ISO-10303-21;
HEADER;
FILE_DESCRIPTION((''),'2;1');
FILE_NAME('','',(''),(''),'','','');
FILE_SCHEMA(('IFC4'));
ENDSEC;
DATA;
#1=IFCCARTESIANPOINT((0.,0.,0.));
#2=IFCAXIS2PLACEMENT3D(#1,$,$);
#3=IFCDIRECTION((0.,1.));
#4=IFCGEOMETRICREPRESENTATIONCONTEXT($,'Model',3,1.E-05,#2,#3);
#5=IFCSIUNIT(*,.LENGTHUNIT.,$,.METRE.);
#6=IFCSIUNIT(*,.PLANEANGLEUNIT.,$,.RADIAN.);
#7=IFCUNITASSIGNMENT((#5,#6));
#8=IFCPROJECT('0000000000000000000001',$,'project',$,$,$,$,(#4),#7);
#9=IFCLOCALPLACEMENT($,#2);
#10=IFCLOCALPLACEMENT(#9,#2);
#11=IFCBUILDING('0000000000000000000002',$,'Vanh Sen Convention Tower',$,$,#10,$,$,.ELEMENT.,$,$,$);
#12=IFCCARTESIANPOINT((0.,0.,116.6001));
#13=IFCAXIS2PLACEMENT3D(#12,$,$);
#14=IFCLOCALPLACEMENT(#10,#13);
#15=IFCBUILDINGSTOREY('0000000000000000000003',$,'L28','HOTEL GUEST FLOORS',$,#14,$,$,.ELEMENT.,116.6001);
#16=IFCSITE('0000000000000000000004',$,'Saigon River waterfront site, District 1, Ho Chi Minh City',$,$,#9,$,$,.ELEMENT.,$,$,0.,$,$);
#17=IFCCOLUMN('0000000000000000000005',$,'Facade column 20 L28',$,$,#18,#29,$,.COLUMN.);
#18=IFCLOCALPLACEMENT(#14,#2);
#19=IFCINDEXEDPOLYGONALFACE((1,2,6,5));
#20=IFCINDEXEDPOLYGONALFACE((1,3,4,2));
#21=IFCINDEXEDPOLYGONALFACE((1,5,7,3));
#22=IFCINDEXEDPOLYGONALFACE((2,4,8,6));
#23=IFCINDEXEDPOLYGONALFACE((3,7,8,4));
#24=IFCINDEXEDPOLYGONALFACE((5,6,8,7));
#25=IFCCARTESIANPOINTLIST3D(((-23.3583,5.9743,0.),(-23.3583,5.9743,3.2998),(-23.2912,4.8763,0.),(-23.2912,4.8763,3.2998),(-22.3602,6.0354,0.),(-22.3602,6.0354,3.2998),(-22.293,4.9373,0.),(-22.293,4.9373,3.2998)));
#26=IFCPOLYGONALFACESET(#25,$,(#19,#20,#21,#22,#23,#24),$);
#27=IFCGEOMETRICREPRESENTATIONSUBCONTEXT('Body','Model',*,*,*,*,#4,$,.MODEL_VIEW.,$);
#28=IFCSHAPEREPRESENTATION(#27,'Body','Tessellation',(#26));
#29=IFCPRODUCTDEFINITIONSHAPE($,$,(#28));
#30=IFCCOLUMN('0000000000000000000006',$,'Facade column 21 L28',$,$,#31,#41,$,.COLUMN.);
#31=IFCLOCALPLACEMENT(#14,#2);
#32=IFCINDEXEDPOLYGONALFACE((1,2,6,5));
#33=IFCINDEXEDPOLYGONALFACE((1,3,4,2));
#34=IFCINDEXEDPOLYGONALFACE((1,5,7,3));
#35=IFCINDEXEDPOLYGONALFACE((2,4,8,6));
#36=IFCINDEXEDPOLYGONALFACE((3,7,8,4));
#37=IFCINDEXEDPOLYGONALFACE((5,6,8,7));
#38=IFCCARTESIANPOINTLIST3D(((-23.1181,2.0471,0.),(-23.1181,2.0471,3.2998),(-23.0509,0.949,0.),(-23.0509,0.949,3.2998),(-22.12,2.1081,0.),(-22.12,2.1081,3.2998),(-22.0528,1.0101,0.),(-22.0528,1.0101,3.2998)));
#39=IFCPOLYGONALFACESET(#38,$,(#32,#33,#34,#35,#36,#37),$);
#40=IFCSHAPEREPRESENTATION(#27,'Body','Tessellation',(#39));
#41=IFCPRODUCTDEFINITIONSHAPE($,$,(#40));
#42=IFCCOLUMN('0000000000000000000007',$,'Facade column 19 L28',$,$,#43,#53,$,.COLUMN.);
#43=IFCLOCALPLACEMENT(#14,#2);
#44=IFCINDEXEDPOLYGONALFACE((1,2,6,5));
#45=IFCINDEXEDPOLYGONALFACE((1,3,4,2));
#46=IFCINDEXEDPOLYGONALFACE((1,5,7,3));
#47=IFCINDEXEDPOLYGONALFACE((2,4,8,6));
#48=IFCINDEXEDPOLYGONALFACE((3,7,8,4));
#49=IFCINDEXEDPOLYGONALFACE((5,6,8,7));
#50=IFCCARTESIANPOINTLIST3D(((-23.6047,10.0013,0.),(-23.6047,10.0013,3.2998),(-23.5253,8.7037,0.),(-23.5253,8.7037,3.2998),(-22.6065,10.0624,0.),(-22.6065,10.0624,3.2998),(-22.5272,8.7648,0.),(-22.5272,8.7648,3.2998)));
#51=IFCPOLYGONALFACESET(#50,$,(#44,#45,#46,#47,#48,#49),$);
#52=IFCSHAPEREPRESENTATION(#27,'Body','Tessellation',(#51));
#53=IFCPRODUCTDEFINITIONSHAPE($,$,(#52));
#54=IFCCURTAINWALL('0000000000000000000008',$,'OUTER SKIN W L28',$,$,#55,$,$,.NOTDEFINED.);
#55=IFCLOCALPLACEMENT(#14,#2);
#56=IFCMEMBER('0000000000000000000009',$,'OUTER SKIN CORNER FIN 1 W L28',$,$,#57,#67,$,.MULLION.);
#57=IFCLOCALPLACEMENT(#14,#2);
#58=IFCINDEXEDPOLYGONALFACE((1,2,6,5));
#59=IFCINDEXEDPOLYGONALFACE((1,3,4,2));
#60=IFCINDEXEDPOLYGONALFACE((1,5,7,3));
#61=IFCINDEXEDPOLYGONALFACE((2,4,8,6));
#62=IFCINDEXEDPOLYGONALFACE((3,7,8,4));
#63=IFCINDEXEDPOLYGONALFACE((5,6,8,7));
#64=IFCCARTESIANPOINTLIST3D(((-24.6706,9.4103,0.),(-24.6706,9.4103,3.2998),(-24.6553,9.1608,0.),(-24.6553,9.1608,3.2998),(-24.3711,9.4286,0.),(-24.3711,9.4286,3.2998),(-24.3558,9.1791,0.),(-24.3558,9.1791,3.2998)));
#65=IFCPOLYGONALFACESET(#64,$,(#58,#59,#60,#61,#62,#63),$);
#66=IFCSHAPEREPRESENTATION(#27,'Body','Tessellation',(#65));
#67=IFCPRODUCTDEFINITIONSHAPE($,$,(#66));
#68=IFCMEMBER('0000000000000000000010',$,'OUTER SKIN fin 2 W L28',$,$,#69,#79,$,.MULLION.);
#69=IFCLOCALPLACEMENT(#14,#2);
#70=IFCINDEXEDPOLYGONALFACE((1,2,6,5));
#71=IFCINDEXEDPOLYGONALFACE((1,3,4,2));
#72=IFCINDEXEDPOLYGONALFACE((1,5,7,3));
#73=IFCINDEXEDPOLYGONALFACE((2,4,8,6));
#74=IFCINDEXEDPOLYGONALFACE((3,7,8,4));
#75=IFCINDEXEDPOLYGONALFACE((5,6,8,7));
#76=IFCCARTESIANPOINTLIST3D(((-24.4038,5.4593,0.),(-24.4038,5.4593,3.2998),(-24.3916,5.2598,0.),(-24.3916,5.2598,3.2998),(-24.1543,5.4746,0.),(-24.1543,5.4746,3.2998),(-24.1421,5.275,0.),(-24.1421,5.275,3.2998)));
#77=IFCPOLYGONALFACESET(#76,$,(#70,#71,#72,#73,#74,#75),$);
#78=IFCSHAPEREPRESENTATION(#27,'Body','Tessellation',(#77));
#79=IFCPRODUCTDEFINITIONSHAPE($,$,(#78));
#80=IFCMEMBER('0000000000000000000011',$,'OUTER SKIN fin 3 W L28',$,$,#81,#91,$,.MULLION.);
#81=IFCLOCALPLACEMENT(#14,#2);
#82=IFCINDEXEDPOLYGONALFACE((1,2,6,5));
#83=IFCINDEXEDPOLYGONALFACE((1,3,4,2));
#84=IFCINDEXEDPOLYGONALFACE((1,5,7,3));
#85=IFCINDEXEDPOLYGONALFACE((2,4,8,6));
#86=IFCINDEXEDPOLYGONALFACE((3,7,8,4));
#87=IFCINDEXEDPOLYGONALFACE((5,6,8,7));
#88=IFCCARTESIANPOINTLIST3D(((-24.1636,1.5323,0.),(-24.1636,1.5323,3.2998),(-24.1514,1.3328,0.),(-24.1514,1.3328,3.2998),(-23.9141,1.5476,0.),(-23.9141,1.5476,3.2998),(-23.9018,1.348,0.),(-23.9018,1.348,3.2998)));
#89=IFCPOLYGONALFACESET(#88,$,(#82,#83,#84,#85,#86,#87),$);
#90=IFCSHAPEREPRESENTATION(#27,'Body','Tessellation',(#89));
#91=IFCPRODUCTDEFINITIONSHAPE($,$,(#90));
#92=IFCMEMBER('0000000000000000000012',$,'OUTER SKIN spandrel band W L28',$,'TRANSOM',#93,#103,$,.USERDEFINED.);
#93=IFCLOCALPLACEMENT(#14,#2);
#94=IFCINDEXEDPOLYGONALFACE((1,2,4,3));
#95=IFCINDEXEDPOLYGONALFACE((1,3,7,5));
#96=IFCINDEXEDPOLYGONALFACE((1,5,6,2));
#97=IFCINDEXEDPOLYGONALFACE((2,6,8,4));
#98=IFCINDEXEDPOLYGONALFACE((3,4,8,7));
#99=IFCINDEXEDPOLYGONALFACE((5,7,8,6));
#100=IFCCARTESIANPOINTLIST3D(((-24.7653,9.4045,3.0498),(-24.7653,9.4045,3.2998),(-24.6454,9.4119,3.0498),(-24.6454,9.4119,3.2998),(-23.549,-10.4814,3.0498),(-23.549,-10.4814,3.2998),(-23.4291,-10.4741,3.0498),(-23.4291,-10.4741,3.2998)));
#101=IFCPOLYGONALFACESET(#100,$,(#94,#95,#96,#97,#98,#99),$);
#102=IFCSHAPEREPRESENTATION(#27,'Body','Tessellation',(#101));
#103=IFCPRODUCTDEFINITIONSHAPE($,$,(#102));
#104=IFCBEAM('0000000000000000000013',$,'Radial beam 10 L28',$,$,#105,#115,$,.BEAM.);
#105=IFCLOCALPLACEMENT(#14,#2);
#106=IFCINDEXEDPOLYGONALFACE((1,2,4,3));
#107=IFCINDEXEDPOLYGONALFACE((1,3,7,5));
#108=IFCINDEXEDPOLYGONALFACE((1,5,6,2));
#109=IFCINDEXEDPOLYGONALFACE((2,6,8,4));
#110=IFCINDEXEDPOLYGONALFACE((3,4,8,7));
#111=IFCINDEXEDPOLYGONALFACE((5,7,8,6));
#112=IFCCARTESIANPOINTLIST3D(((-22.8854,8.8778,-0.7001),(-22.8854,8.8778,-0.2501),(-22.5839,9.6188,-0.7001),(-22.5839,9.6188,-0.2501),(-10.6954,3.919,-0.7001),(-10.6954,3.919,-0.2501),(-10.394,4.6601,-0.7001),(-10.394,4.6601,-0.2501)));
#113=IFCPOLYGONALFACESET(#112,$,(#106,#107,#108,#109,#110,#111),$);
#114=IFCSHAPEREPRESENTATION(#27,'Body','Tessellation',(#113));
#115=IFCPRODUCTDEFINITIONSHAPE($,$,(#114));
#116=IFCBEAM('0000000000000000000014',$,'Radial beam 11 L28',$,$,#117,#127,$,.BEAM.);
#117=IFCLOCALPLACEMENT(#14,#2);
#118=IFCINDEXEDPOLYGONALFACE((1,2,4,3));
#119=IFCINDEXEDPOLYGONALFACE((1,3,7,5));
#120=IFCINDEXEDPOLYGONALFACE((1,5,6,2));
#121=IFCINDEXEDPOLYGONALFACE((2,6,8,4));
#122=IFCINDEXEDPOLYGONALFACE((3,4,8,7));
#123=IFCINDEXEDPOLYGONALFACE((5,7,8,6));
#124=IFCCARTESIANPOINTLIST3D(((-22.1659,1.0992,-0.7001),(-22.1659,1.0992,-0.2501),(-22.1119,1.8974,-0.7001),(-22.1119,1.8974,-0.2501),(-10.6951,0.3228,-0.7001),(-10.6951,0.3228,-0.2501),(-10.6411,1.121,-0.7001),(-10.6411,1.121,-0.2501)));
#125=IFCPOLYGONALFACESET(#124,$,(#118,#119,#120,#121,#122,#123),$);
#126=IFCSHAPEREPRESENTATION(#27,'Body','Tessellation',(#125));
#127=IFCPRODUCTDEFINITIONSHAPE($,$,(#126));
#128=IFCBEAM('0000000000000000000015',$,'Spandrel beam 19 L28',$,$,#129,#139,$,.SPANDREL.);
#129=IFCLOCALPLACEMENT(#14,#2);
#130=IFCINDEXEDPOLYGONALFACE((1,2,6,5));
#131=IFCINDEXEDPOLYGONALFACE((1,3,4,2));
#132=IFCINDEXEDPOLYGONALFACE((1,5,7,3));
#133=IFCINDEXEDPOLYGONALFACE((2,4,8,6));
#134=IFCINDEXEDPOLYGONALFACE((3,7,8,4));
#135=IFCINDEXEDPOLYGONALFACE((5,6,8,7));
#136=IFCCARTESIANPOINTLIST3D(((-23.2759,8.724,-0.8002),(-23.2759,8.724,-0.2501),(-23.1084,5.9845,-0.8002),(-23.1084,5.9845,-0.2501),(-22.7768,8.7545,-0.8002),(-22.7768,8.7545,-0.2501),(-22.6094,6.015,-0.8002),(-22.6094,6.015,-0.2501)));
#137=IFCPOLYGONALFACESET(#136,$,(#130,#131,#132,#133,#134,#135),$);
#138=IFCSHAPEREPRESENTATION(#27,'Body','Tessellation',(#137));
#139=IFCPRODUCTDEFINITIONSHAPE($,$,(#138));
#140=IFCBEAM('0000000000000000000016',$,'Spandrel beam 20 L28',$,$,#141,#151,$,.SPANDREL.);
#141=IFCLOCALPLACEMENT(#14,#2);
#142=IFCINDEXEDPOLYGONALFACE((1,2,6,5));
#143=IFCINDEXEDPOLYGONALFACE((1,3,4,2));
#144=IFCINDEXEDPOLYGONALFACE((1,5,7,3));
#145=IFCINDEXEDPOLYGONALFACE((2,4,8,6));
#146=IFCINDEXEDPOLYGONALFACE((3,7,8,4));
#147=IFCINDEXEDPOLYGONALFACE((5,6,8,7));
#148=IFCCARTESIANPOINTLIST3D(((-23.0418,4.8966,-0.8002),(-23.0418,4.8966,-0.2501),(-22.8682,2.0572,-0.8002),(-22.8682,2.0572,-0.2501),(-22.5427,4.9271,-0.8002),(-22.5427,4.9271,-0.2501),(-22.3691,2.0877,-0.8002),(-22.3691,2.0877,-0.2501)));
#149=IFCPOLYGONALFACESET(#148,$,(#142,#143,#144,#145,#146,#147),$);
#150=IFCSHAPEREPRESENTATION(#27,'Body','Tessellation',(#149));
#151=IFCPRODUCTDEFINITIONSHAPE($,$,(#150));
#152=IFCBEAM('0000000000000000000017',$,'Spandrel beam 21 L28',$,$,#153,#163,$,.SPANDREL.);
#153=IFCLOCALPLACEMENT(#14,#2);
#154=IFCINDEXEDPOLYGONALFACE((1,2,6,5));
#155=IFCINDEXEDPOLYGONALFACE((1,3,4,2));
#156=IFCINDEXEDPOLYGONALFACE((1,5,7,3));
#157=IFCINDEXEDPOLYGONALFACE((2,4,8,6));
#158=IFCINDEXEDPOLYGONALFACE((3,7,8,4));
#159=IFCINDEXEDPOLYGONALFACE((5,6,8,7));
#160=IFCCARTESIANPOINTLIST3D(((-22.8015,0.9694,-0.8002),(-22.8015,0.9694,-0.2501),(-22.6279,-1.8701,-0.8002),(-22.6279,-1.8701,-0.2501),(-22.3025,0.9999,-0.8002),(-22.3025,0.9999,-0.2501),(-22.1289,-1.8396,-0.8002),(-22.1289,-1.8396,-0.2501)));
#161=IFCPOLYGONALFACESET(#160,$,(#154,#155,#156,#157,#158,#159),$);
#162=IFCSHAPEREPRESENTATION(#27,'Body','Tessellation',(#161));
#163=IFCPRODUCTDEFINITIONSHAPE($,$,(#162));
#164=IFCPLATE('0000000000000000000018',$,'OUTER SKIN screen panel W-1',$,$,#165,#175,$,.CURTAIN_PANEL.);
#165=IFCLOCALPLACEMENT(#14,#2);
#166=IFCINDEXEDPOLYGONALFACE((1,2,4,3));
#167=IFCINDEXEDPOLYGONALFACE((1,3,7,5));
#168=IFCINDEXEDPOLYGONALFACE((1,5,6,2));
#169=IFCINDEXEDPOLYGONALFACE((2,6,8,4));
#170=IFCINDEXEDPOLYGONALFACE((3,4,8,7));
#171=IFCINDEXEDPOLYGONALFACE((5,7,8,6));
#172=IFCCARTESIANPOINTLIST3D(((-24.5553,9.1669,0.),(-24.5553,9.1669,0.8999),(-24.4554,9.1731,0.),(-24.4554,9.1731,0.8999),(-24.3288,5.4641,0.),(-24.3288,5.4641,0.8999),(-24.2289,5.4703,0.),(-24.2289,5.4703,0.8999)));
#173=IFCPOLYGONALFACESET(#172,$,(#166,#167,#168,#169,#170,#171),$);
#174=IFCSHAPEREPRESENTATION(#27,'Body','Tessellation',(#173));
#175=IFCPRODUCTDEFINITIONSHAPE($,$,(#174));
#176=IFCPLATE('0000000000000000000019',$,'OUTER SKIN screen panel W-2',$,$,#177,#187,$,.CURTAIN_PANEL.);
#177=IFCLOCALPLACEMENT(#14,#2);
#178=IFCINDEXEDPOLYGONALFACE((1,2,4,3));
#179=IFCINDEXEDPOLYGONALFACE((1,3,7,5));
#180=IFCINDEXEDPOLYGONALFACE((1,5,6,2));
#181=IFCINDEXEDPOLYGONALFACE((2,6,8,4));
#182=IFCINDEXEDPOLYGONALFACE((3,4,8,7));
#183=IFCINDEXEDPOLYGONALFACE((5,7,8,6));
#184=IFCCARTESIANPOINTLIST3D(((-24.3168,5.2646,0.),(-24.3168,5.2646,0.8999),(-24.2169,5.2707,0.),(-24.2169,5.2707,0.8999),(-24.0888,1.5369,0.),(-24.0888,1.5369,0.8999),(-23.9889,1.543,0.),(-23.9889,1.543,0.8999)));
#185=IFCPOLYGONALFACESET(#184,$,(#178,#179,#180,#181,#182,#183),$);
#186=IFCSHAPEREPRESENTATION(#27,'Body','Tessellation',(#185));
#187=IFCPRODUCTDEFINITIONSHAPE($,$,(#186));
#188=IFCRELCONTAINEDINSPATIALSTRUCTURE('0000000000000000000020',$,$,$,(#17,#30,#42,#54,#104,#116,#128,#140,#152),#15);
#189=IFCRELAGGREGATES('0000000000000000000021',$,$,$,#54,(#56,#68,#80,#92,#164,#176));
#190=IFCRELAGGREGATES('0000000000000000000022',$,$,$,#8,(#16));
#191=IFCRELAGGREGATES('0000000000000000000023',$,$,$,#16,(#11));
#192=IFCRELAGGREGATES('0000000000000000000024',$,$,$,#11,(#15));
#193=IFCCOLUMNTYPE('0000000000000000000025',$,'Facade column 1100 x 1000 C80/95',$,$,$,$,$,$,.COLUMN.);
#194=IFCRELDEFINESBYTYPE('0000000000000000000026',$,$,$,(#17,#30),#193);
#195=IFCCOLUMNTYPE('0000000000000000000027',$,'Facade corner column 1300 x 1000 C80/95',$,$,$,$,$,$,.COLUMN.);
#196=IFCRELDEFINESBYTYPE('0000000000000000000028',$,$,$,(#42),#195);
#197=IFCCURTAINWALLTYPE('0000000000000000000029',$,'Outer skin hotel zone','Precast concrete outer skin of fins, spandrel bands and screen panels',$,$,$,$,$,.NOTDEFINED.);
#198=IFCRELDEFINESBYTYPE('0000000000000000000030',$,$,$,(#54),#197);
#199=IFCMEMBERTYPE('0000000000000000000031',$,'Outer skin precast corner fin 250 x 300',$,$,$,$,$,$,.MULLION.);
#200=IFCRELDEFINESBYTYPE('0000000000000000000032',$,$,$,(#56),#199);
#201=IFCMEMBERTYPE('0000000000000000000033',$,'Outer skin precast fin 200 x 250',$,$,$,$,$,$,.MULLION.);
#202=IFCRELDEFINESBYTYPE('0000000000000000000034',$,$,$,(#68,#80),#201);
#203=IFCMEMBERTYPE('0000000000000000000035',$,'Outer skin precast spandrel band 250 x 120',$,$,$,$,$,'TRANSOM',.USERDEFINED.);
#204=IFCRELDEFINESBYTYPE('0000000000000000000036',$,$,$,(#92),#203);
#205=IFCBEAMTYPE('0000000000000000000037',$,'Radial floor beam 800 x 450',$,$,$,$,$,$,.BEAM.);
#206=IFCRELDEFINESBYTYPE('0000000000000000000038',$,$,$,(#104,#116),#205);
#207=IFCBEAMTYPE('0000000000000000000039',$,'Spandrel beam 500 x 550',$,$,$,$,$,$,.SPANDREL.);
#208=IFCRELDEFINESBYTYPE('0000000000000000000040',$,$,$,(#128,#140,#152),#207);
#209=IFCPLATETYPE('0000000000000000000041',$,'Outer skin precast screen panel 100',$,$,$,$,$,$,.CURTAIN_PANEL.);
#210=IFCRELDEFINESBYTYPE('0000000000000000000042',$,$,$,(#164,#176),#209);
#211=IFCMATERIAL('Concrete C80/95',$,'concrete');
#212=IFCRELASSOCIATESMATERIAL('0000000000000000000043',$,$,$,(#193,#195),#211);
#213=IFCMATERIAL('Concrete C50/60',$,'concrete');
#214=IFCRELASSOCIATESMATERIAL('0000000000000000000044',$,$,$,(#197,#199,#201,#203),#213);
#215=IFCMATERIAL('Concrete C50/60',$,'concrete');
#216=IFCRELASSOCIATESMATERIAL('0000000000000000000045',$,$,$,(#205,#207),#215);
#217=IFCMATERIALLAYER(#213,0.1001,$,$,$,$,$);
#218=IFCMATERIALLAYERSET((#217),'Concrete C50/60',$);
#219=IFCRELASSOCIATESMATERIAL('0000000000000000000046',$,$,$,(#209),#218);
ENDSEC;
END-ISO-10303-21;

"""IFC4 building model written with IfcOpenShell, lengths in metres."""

from ifc_helpers import new_model, si_unit, direction, frame, origin, origin_2d, place, context, subcontext, project, spatial, rectangle, extrude, material, layer, layer_set, material_profile, profile_set, type_object, element, aggregate, save


model = new_model("IFC4")

# Units and contexts
model_context = context("Model", 3, precision=1e-05, world=origin(), true_north=direction((0.0, 1.0)))
body_context = subcontext(model_context, "Body", "Model", "MODEL_VIEW")
ifc_project = project(units=[si_unit("LENGTHUNIT", "METRE"), si_unit("PLANEANGLEUNIT", "RADIAN")], contexts=[model_context])

# Site, building, storey
site_placement = place(None, origin())
site = spatial("IfcSite", under=ifc_project, at=site_placement, Name="Saigon River waterfront site, District 1, Ho Chi Minh City", CompositionType="ELEMENT", RefElevation=0.0)
building_placement = place(site_placement, origin())
building = spatial("IfcBuilding", under=site, at=building_placement, Name="Vanh Sen Convention Tower", CompositionType="ELEMENT")
storey_placement = place(building_placement, frame((0.0, 0.0, 116.6001)))
storey = spatial("IfcBuildingStorey", under=building, at=storey_placement, Name="L28", Description="HOTEL GUEST FLOORS", CompositionType="ELEMENT", Elevation=116.6001)

# Columns
ifc_material_1 = material(Name="Concrete C80/95", Category="concrete")
ifc_material_profile_1 = material_profile(ifc_material_1, rectangle(XDim=1.1001, YDim=1.0, at=origin_2d()), Name="RC 1100X1000")
ifc_profile_set_1 = profile_set([ifc_material_profile_1], Name="Concrete C80/95")
column_type_1 = type_object("IfcColumnType", Name="Facade column 1100 x 1000 C80/95", PredefinedType="COLUMN", material=ifc_profile_set_1)
for number, where, z_axis, x_axis, name in (
    (1, (-22.8257, 5.4558, 0.0), (0.0, 0.0, 1.0), (0.061049, -0.998135, 0.0), "Facade column 20 L28"),
    (2, (-22.5854, 1.5286, 0.0), (0.0, 0.0, 1.0), (0.061049, -0.998135, 0.0), "Facade column 21 L28"),
):
    element("IfcColumn", number, at=place(storey_placement, frame(where, z_axis=z_axis, x_axis=x_axis)), inside=storey, type_object=column_type_1, Name=name, PredefinedType="COLUMN", context=body_context, shape_type="SweptSolid", body=[
        extrude(rectangle(XDim=1.1001, YDim=1.0, at=origin_2d()), origin(), (0.0, 0.0, 1.0), 3.2998),
    ])
ifc_material_profile_2 = material_profile(ifc_material_1, rectangle(XDim=1.3, YDim=1.0, at=origin_2d()), Name="RC 1300X1000")
ifc_profile_set_2 = profile_set([ifc_material_profile_2], Name="Concrete C80/95")
column_type_2 = type_object("IfcColumnType", Name="Facade corner column 1300 x 1000 C80/95", PredefinedType="COLUMN", material=ifc_profile_set_2)
column_placement = place(storey_placement, frame((-23.0659, 9.3831, 0.0), z_axis=(0.0, 0.0, 1.0), x_axis=(0.061049, -0.998135, 0.0)))
element("IfcColumn", 3, at=column_placement, inside=storey, type_object=column_type_2, Name="Facade column 19 L28", PredefinedType="COLUMN", context=body_context, shape_type="SweptSolid", body=[
    extrude(rectangle(XDim=1.3, YDim=1.0, at=origin_2d()), origin(), (0.0, 0.0, 1.0), 3.2998),
])

# Curtain wall, members
ifc_material_2 = material(Name="Concrete C50/60", Category="concrete")
curtain_wall_type = type_object("IfcCurtainWallType", Name="Outer skin hotel zone", Description="Precast concrete outer skin of fins, spandrel bands and screen panels", PredefinedType="NOTDEFINED", material=ifc_material_2)
curtain_wall_placement = place(storey_placement, origin())
curtain_wall = element("IfcCurtainWall", 4, at=curtain_wall_placement, inside=storey, type_object=curtain_wall_type, Name="OUTER SKIN W L28", PredefinedType="NOTDEFINED")
ifc_material_profile_3 = material_profile(ifc_material_2, rectangle(XDim=0.25, YDim=0.3, at=origin_2d()), Name="Outer skin precast corner fin 250 x 300")
ifc_profile_set_3 = profile_set([ifc_material_profile_3], Name="Concrete C50/60")
member_type_1 = type_object("IfcMemberType", Name="Outer skin precast corner fin 250 x 300", PredefinedType="MULLION", material=ifc_profile_set_3)
member_1_placement = place(storey_placement, frame((-24.5132, 9.2947, 0.0), z_axis=(0.0, 0.0, 1.0), x_axis=(0.061049, -0.998135, 0.0)))
member_1 = element("IfcMember", 5, at=member_1_placement, type_object=member_type_1, Name="OUTER SKIN CORNER FIN 1 W L28", PredefinedType="MULLION", context=body_context, shape_type="SweptSolid", body=[
    extrude(rectangle(XDim=0.25, YDim=0.3, at=origin_2d()), origin(), (0.0, 0.0, 1.0), 3.2998),
])
ifc_material_profile_4 = material_profile(ifc_material_2, rectangle(XDim=0.2, YDim=0.25, at=origin_2d()), Name="Outer skin precast fin 200 x 250")
ifc_profile_set_4 = profile_set([ifc_material_profile_4], Name="Concrete C50/60")
member_type_2 = type_object("IfcMemberType", Name="Outer skin precast fin 200 x 250", PredefinedType="MULLION", material=ifc_profile_set_4)
member_2_placement = place(storey_placement, frame((-24.2729, 5.3672, 0.0), z_axis=(0.0, 0.0, 1.0), x_axis=(0.061049, -0.998135, 0.0)))
member_2 = element("IfcMember", 6, at=member_2_placement, type_object=member_type_2, Name="OUTER SKIN fin 2 W L28", PredefinedType="MULLION", context=body_context, shape_type="SweptSolid", body=[
    extrude(rectangle(XDim=0.2, YDim=0.25, at=origin_2d()), origin(), (0.0, 0.0, 1.0), 3.2998),
])
member_3_placement = place(storey_placement, frame((-24.0327, 1.4402, 0.0), z_axis=(0.0, 0.0, 1.0), x_axis=(0.061049, -0.998135, 0.0)))
member_3 = element("IfcMember", 7, at=member_3_placement, type_object=member_type_2, Name="OUTER SKIN fin 3 W L28", PredefinedType="MULLION", context=body_context, shape_type="SweptSolid", body=[
    extrude(rectangle(XDim=0.2, YDim=0.25, at=origin_2d()), origin(), (0.0, 0.0, 1.0), 3.2998),
])
ifc_material_profile_5 = material_profile(ifc_material_2, rectangle(XDim=0.1201, YDim=0.25, at=origin_2d()), Name="Outer skin precast spandrel band 250 x 120")
ifc_profile_set_5 = profile_set([ifc_material_profile_5], Name="Concrete C50/60")
member_type_3 = type_object("IfcMemberType", Name="Outer skin precast spandrel band 250 x 120", ElementType="TRANSOM", PredefinedType="USERDEFINED", material=ifc_profile_set_5)
member_4_placement = place(storey_placement, frame((-24.7053, 9.4082, 3.1748), z_axis=(0.06105, -0.998135, 0.0), x_axis=(0.998135, 0.06105, 0.0)))
member_4 = element("IfcMember", 8, at=member_4_placement, type_object=member_type_3, Name="OUTER SKIN spandrel band W L28", ObjectType="TRANSOM", PredefinedType="USERDEFINED", context=body_context, shape_type="SweptSolid", body=[
    extrude(rectangle(XDim=0.1201, YDim=0.25, at=origin_2d()), origin(), (0.0, 0.0, 1.0), 19.9231),
])

# Beams
ifc_material_3 = material(Name="Concrete C50/60", Category="concrete")
ifc_material_profile_6 = material_profile(ifc_material_3, rectangle(XDim=0.8, YDim=0.45, at=origin_2d()), Name="RC 800X450")
ifc_profile_set_6 = profile_set([ifc_material_profile_6], Name="Concrete C50/60")
beam_type_1 = type_object("IfcBeamType", Name="Radial floor beam 800 x 450", PredefinedType="BEAM", material=ifc_profile_set_6)
beam_1_placement = place(storey_placement, frame((-22.7346, 9.2483, -0.4751), z_axis=(0.926292, -0.376806, 0.0), x_axis=(0.376806, 0.926292, 0.0)))
element("IfcBeam", 9, at=beam_1_placement, inside=storey, type_object=beam_type_1, Name="Radial beam 10 L28", PredefinedType="BEAM", context=body_context, shape_type="SweptSolid", body=[
    extrude(rectangle(XDim=0.8, YDim=0.45, at=origin_2d()), origin(), (0.0, 0.0, 1.0), 13.1599),
])
beam_2_placement = place(storey_placement, frame((-22.1389, 1.4983, -0.4751), z_axis=(0.997717, -0.067527, 0.0), x_axis=(0.067527, 0.997717, 0.0)))
element("IfcBeam", 10, at=beam_2_placement, inside=storey, type_object=beam_type_1, Name="Radial beam 11 L28", PredefinedType="BEAM", context=body_context, shape_type="SweptSolid", body=[
    extrude(rectangle(XDim=0.8, YDim=0.45, at=origin_2d()), origin(), (0.0, 0.0, 1.0), 11.4971),
])
ifc_material_profile_7 = material_profile(ifc_material_3, rectangle(XDim=0.5, YDim=0.55, at=origin_2d()), Name="RC 500X550")
ifc_profile_set_7 = profile_set([ifc_material_profile_7], Name="Concrete C50/60")
beam_type_2 = type_object("IfcBeamType", Name="Spandrel beam 500 x 550", PredefinedType="SPANDREL", material=ifc_profile_set_7)
beam_3_placement = place(storey_placement, frame((-23.0264, 8.7393, -0.5251), z_axis=(0.061021, -0.998136, 0.0), x_axis=(0.998136, 0.061021, 0.0)))
element("IfcBeam", 11, at=beam_3_placement, inside=storey, type_object=beam_type_2, Name="Spandrel beam 19 L28", PredefinedType="SPANDREL", context=body_context, shape_type="SweptSolid", body=[
    extrude(rectangle(XDim=0.5, YDim=0.55, at=origin_2d()), origin(), (0.0, 0.0, 1.0), 2.7446),
])
for number, where, z_axis, x_axis, name in (
    (12, (-22.7922, 4.9119, -0.5251), (0.061021, -0.998136, 0.0), (0.998136, 0.061021, 0.0), "Spandrel beam 20 L28"),
    (13, (-22.552, 0.9846, -0.5251), (0.061021, -0.998136, 0.0), (0.998136, 0.061021, 0.0), "Spandrel beam 21 L28"),
):
    element("IfcBeam", number, at=place(storey_placement, frame(where, z_axis=z_axis, x_axis=x_axis)), inside=storey, type_object=beam_type_2, Name=name, PredefinedType="SPANDREL", context=body_context, shape_type="SweptSolid", body=[
        extrude(rectangle(XDim=0.5, YDim=0.55, at=origin_2d()), origin(), (0.0, 0.0, 1.0), 2.8447),
    ])

# Plates
ifc_layer_1 = layer(ifc_material_2, 0.1001)
ifc_layer_set_1 = layer_set([ifc_layer_1], Name="Concrete C50/60")
plate_type = type_object("IfcPlateType", Name="Outer skin precast screen panel 100", PredefinedType="CURTAIN_PANEL", material=ifc_layer_set_1)
plate_1_placement = place(storey_placement, frame((-24.3921, 7.3186, 0.0), z_axis=(0.0, 0.0, 1.0), x_axis=(0.061047, -0.998135, 0.0)))
plate_1 = element("IfcPlate", 14, at=plate_1_placement, type_object=plate_type, Name="OUTER SKIN screen panel W-1", PredefinedType="CURTAIN_PANEL", context=body_context, shape_type="SweptSolid", body=[
    extrude(rectangle(XDim=3.7097, YDim=0.1001, at=origin_2d()), origin(), (0.0, 0.0, 1.0), 0.8999),
])
plate_2_placement = place(storey_placement, frame((-24.1528, 3.4038, 0.0), z_axis=(0.0, 0.0, 1.0), x_axis=(0.061049, -0.998135, 0.0)))
plate_2 = element("IfcPlate", 15, at=plate_2_placement, type_object=plate_type, Name="OUTER SKIN screen panel W-2", PredefinedType="CURTAIN_PANEL", context=body_context, shape_type="SweptSolid", body=[
    extrude(rectangle(XDim=3.7346, YDim=0.1001, at=origin_2d()), origin(), (0.0, 0.0, 1.0), 0.8999),
])
aggregate(curtain_wall, [member_1, member_2, member_3, member_4, plate_1, plate_2])

save(model, "model.ifc")
